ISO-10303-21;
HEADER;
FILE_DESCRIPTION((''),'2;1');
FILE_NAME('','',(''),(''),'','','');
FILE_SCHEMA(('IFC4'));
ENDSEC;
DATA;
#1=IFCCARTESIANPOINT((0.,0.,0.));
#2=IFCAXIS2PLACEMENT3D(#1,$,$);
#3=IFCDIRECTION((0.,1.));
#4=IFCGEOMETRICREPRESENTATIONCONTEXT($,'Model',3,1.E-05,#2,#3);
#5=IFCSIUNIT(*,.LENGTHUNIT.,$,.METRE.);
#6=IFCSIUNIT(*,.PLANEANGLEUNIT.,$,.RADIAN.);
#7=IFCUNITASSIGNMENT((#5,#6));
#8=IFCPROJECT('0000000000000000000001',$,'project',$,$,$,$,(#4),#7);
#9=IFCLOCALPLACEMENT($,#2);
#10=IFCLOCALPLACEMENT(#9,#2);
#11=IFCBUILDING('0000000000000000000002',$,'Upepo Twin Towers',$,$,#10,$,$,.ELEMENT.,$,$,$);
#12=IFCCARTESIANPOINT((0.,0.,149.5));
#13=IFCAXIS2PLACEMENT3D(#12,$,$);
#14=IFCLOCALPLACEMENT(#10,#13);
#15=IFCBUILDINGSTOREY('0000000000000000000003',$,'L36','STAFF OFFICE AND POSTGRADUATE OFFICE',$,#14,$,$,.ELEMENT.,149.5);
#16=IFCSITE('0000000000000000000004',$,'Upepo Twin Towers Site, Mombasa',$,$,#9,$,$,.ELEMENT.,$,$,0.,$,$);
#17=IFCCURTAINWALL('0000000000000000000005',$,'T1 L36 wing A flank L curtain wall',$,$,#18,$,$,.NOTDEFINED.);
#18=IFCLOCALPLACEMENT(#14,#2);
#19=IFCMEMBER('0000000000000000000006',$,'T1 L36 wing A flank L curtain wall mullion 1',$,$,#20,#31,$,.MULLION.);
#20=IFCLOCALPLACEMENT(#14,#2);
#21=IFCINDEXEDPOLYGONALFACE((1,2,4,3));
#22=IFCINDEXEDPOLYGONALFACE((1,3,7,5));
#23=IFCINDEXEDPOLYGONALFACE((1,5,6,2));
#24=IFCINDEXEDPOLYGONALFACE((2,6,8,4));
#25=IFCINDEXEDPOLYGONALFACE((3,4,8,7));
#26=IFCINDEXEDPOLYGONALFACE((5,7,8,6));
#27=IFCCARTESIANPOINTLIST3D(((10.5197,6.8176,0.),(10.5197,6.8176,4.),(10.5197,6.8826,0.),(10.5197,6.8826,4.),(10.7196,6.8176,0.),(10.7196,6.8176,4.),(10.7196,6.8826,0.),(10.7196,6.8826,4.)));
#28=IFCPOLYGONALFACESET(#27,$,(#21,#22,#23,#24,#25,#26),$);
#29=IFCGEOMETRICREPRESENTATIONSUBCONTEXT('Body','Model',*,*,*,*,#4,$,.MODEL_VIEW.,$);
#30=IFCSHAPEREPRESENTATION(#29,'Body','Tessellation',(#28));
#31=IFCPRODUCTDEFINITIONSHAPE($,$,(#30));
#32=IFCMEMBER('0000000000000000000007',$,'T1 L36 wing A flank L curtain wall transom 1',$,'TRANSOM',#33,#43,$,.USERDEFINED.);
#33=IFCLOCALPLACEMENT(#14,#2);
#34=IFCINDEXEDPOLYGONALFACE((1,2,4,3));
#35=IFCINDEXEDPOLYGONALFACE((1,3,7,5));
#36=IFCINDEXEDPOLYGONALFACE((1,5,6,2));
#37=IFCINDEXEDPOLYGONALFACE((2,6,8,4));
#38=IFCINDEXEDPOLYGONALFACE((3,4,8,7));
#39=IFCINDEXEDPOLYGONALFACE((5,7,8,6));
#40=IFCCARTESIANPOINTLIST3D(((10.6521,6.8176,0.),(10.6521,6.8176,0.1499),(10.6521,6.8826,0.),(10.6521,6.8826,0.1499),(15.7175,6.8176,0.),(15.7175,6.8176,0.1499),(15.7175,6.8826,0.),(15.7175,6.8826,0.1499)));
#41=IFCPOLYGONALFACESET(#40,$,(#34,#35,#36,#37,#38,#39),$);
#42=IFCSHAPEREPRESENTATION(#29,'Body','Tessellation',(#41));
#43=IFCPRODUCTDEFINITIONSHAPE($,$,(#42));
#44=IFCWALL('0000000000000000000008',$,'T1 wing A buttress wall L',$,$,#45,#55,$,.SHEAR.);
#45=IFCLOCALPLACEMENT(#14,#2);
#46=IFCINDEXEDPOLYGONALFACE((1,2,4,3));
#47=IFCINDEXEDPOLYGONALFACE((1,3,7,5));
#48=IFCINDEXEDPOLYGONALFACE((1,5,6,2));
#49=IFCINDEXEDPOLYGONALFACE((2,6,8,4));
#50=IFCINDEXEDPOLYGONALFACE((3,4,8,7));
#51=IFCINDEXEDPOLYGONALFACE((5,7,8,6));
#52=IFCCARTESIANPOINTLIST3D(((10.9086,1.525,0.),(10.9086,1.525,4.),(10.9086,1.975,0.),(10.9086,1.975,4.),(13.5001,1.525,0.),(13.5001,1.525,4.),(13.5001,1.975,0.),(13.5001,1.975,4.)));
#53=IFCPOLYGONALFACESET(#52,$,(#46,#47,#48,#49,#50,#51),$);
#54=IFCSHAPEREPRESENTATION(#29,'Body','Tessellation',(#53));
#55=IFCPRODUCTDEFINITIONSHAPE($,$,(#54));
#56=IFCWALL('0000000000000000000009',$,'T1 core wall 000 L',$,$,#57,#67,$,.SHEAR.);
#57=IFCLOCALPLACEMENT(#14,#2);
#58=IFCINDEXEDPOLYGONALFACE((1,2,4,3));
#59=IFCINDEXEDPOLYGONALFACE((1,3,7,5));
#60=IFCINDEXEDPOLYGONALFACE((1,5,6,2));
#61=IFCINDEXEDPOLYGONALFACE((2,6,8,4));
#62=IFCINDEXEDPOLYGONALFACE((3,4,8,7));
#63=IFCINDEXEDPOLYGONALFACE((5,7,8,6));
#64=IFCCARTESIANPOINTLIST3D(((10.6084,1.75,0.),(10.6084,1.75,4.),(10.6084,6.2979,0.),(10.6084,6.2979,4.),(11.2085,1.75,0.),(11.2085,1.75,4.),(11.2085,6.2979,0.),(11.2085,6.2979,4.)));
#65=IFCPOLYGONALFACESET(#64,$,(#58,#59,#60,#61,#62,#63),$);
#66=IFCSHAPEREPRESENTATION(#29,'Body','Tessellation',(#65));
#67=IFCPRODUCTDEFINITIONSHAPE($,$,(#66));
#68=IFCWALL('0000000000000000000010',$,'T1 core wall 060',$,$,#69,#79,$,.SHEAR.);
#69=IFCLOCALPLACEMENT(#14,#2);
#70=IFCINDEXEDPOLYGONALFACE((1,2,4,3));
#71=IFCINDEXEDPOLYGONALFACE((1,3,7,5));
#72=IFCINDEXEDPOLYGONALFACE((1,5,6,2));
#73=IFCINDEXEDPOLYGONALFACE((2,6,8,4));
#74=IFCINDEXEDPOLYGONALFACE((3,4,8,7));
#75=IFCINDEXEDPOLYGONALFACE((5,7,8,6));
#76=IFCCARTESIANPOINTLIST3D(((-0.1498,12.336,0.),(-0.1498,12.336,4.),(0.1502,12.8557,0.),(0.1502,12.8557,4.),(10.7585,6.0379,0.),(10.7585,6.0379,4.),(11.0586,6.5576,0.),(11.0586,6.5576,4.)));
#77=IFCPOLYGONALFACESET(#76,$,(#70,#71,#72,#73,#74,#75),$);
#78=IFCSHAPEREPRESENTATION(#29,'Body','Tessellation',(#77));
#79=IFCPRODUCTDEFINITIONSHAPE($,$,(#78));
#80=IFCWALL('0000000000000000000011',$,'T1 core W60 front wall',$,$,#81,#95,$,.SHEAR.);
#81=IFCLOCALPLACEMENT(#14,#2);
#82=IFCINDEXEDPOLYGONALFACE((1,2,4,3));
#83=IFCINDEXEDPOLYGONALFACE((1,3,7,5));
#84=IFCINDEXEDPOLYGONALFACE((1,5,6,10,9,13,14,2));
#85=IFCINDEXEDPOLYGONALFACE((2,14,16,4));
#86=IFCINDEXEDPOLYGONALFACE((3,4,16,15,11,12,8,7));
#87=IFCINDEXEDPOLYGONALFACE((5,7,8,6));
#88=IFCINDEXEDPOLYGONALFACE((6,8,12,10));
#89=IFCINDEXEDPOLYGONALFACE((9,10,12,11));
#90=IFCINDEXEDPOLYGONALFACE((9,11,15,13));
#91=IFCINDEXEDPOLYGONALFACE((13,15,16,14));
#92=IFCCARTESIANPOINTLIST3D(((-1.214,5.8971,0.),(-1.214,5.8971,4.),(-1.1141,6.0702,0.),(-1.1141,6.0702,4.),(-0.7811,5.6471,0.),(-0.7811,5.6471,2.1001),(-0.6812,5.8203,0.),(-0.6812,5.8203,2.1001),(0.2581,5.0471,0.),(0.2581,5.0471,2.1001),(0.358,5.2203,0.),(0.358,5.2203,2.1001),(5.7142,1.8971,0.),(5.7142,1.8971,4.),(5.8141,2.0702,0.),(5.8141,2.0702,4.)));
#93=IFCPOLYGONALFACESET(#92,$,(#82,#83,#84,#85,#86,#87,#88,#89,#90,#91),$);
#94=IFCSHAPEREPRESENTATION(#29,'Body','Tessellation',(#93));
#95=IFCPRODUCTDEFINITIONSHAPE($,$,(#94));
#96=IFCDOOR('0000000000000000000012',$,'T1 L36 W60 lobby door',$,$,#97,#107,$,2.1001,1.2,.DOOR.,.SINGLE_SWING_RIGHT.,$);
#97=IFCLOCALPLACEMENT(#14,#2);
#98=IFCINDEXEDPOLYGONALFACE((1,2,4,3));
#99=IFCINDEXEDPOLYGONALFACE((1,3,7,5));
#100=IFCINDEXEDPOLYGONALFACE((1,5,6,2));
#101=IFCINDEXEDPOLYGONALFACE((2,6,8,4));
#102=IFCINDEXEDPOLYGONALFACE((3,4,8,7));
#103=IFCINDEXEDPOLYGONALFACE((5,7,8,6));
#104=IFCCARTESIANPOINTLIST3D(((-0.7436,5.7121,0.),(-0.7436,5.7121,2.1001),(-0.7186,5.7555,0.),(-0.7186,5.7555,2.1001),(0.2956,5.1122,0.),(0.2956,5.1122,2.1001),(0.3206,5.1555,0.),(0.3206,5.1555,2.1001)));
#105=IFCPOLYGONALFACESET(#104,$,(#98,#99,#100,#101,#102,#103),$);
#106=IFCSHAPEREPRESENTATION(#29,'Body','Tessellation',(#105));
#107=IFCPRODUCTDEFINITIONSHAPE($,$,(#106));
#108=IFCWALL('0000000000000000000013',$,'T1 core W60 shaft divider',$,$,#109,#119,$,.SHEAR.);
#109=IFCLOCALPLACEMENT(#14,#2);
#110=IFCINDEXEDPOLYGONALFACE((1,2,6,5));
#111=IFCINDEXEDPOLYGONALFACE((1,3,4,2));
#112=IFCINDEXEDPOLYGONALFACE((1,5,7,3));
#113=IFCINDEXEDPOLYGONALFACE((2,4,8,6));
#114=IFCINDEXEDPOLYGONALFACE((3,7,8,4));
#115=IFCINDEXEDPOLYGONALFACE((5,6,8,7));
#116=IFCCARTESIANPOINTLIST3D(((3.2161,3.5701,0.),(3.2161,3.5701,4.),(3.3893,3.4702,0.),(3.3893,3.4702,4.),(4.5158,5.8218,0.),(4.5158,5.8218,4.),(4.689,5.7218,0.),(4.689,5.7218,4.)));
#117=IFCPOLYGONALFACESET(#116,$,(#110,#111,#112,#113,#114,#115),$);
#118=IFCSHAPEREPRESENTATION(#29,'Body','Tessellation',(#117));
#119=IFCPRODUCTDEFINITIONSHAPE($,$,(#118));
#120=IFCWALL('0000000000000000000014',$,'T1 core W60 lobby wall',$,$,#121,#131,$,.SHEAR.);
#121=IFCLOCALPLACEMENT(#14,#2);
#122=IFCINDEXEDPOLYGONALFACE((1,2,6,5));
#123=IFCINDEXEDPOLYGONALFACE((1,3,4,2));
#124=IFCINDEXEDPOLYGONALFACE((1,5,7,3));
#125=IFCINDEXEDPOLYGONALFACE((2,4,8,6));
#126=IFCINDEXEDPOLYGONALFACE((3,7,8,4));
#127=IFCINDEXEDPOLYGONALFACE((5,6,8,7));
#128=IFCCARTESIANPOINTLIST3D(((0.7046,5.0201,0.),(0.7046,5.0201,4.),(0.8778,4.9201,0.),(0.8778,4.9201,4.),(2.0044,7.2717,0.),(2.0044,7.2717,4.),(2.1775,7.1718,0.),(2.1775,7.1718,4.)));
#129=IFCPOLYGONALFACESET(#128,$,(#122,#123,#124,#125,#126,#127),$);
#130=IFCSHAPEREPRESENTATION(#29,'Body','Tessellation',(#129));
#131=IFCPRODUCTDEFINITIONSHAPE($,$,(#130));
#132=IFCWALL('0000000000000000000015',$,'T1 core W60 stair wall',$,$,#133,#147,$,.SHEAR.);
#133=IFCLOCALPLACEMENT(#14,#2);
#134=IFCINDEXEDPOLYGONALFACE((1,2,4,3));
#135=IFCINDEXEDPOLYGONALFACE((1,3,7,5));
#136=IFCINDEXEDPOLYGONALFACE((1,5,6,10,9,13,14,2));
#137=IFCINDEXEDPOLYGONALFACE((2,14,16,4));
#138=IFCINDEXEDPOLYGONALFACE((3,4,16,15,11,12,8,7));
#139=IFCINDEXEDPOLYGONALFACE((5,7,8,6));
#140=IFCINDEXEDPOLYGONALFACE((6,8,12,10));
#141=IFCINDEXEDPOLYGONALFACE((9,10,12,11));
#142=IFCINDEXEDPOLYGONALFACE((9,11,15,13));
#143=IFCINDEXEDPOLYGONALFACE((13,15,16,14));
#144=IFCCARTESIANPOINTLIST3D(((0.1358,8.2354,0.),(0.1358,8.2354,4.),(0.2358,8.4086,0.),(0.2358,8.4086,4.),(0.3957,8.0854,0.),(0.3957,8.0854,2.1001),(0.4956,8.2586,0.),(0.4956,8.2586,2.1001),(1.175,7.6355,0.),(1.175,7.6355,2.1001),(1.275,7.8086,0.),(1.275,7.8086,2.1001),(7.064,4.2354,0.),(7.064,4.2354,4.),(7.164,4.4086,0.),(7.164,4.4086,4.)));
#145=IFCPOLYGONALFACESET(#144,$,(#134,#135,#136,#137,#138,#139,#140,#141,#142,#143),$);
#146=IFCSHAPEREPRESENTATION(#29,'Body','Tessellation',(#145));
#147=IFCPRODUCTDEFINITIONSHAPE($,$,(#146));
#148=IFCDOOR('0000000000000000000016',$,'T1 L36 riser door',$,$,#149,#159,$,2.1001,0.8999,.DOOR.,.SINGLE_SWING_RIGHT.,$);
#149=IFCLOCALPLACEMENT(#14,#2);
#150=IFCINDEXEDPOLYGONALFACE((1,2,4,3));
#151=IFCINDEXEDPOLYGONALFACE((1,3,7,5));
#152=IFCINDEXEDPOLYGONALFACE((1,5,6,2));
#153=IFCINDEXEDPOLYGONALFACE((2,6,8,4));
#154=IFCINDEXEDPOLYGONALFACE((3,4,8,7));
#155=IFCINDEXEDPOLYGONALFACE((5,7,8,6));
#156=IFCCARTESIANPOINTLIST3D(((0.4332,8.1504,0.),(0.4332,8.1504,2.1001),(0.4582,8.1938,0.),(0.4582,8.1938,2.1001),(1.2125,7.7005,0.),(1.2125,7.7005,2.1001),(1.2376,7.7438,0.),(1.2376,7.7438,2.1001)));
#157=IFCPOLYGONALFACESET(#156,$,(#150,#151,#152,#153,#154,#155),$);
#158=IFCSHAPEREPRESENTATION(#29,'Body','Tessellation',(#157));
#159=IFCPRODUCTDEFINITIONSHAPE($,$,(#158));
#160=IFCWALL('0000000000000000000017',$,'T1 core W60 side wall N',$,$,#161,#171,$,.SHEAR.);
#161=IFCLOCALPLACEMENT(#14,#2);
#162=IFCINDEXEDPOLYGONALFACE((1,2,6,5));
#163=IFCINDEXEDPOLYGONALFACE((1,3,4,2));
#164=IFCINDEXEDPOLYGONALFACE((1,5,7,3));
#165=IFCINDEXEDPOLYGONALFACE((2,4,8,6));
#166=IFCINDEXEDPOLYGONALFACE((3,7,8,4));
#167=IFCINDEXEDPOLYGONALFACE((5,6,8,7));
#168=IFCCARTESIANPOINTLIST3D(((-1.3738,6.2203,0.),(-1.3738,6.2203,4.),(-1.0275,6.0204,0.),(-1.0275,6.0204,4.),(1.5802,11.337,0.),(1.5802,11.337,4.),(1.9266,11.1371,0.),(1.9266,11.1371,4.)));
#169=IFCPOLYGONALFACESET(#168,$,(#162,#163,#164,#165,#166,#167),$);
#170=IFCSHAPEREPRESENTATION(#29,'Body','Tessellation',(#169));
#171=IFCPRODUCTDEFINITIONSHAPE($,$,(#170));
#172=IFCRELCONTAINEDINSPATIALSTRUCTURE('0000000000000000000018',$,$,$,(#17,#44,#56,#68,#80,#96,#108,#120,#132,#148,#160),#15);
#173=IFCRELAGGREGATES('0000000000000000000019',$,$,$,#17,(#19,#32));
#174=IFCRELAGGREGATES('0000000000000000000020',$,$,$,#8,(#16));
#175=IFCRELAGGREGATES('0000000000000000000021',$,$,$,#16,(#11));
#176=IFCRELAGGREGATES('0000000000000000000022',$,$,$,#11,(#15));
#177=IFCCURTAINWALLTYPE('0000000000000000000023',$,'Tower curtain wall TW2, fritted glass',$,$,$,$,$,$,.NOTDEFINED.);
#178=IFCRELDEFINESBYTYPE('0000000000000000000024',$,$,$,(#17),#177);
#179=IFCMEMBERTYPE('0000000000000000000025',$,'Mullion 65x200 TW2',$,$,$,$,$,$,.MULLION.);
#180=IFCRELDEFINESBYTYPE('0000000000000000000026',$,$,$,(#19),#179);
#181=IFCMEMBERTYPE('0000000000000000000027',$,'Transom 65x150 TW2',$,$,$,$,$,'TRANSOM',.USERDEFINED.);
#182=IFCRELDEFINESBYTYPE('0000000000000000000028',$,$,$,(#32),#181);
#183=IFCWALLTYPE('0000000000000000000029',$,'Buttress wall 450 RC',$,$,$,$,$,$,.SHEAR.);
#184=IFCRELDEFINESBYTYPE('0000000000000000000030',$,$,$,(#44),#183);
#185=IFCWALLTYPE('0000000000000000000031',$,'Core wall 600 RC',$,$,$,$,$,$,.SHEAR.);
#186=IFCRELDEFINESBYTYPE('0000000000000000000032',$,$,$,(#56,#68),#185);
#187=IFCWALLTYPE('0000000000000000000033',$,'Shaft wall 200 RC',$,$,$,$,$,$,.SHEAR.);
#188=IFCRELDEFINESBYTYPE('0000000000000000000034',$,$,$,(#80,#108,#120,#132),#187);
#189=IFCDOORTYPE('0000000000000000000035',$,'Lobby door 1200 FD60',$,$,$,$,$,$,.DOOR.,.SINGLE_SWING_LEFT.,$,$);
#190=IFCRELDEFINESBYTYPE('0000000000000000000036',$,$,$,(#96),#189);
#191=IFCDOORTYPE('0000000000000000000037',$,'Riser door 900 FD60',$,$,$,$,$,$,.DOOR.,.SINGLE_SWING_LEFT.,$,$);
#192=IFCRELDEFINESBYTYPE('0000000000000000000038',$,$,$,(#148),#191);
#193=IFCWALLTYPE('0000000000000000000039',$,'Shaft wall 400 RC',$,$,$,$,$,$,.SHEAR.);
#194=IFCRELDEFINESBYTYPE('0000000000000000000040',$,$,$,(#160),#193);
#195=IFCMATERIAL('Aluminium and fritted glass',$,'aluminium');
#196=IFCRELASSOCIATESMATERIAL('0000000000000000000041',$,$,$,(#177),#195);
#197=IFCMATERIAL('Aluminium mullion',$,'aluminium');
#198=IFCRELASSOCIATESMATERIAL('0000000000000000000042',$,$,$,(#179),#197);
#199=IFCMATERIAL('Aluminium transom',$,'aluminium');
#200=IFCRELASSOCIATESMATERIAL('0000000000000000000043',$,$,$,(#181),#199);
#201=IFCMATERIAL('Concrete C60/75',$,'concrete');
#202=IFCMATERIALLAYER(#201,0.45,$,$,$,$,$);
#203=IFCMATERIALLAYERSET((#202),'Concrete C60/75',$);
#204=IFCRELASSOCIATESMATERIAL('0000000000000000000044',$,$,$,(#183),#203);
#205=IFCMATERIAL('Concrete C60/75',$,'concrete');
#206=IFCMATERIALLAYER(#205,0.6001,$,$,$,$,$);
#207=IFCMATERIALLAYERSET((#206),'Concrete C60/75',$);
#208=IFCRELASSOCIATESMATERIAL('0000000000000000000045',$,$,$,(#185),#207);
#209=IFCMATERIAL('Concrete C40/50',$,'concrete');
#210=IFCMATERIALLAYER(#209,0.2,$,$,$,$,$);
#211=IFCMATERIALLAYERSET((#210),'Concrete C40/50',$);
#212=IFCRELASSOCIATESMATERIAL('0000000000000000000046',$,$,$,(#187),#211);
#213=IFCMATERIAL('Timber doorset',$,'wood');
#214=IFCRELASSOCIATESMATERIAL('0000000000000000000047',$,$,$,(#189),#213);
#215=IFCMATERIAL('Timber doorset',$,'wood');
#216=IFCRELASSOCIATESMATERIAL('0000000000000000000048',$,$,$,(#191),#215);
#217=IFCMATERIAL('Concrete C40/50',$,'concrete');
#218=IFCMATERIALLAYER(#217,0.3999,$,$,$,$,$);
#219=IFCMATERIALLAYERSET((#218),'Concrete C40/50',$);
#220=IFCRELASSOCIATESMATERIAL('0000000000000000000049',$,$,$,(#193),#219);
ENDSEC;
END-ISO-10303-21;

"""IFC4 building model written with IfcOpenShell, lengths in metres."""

from ifc_helpers import new_model, si_unit, direction, frame, frame_2d, origin, origin_2d, place, context, subcontext, project, spatial, rectangle, extrude, material, layer, layer_set, material_profile, profile_set, type_object, element, fill, aggregate, save


model = new_model("IFC4")

# Units and contexts
model_context = context("Model", 3, precision=1e-05, world=origin(), true_north=direction((0.0, 1.0)))
body_context = subcontext(model_context, "Body", "Model", "MODEL_VIEW")
ifc_project = project(units=[si_unit("LENGTHUNIT", "METRE"), si_unit("PLANEANGLEUNIT", "RADIAN")], contexts=[model_context])

# Site, building, storey
site_placement = place(None, origin())
site = spatial("IfcSite", under=ifc_project, at=site_placement, Name="Upepo Twin Towers Site, Mombasa", CompositionType="ELEMENT", RefElevation=0.0)
building_placement = place(site_placement, origin())
building = spatial("IfcBuilding", under=site, at=building_placement, Name="Upepo Twin Towers", CompositionType="ELEMENT")
storey_placement = place(building_placement, frame((0.0, 0.0, 149.5)))
storey = spatial("IfcBuildingStorey", under=building, at=storey_placement, Name="L36", Description="STAFF OFFICE AND POSTGRADUATE OFFICE", CompositionType="ELEMENT", Elevation=149.5)

# Curtain wall, members
ifc_material_1 = material(Name="Aluminium and fritted glass", Category="aluminium")
curtain_wall_type = type_object("IfcCurtainWallType", Name="Tower curtain wall TW2, fritted glass", PredefinedType="NOTDEFINED", material=ifc_material_1)
curtain_wall_placement = place(storey_placement, origin())
curtain_wall = element("IfcCurtainWall", 1, at=curtain_wall_placement, inside=storey, type_object=curtain_wall_type, Name="T1 L36 wing A flank L curtain wall", PredefinedType="NOTDEFINED")
ifc_material_2 = material(Name="Aluminium mullion", Category="aluminium")
ifc_material_profile_1 = material_profile(ifc_material_2, rectangle(XDim=0.0649, YDim=0.2, at=origin_2d()), Name="MULLION 65x200")
ifc_profile_set_1 = profile_set([ifc_material_profile_1], Name="Aluminium mullion")
member_type_1 = type_object("IfcMemberType", Name="Mullion 65x200 TW2", PredefinedType="MULLION", material=ifc_profile_set_1)
member_1_placement = place(storey_placement, frame((10.6196, 6.8501, 0.0), z_axis=(0.0, 0.0, 1.0), x_axis=(0.0, 1.0, 0.0)))
member_1 = element("IfcMember", 2, at=member_1_placement, type_object=member_type_1, Name="T1 L36 wing A flank L curtain wall mullion 1", PredefinedType="MULLION", context=body_context, shape_type="SweptSolid", body=[
    extrude(rectangle(XDim=0.0649, YDim=0.2, at=origin_2d()), origin(), (0.0, 0.0, 1.0), 4.0),
])
ifc_material_3 = material(Name="Aluminium transom", Category="aluminium")
ifc_material_profile_2 = material_profile(ifc_material_3, rectangle(XDim=0.0649, YDim=0.1499, at=origin_2d()), Name="TRANSOM 65x150")
ifc_profile_set_2 = profile_set([ifc_material_profile_2], Name="Aluminium transom")
member_type_2 = type_object("IfcMemberType", Name="Transom 65x150 TW2", ElementType="TRANSOM", PredefinedType="USERDEFINED", material=ifc_profile_set_2)
member_2_placement = place(storey_placement, frame((10.6521, 6.8501, 0.075), z_axis=(1.0, 0.0, 0.0), x_axis=(0.0, 1.0, 0.0)))
member_2 = element("IfcMember", 3, at=member_2_placement, type_object=member_type_2, Name="T1 L36 wing A flank L curtain wall transom 1", ObjectType="TRANSOM", PredefinedType="USERDEFINED", context=body_context, shape_type="SweptSolid", body=[
    extrude(rectangle(XDim=0.0649, YDim=0.1499, at=origin_2d()), origin(), (0.0, 0.0, 1.0), 5.0654),
])
aggregate(curtain_wall, [member_1, member_2])

# Walls
ifc_material_4 = material(Name="Concrete C60/75", Category="concrete")
ifc_layer_1 = layer(ifc_material_4, 0.45)
ifc_layer_set_1 = layer_set([ifc_layer_1], Name="Concrete C60/75")
wall_type_1 = type_object("IfcWallType", Name="Buttress wall 450 RC", PredefinedType="SHEAR", material=ifc_layer_set_1)
wall_1_placement = place(storey_placement, frame((10.9084, 1.75, 0.0), z_axis=(0.0, 0.0, 1.0), x_axis=(1.0, 0.0, 0.0)))
element("IfcWall", 4, at=wall_1_placement, inside=storey, type_object=wall_type_1, Name="T1 wing A buttress wall L", PredefinedType="SHEAR", context=body_context, shape_type="SweptSolid", body=[
    extrude(rectangle(XDim=2.5916, YDim=0.45, at=frame_2d((1.2959, 0.0))), origin(), (0.0, 0.0, 1.0), 4.0),
])
ifc_material_5 = material(Name="Concrete C60/75", Category="concrete")
ifc_layer_2 = layer(ifc_material_5, 0.6001)
ifc_layer_set_2 = layer_set([ifc_layer_2], Name="Concrete C60/75")
wall_type_2 = type_object("IfcWallType", Name="Core wall 600 RC", PredefinedType="SHEAR", material=ifc_layer_set_2)
wall_2_placement = place(storey_placement, frame((10.9084, 1.75, 0.0), z_axis=(0.0, 0.0, 1.0), x_axis=(0.0, 1.0, 0.0)))
element("IfcWall", 5, at=wall_2_placement, inside=storey, type_object=wall_type_2, Name="T1 core wall 000 L", PredefinedType="SHEAR", context=body_context, shape_type="SweptSolid", body=[
    extrude(rectangle(XDim=4.5479, YDim=0.6001, at=frame_2d((2.2739, 0.0))), origin(), (0.0, 0.0, 1.0), 4.0),
])
wall_3_placement = place(storey_placement, frame((10.9084, 6.2979, 0.0), z_axis=(0.0, 0.0, 1.0), x_axis=(-0.866022, 0.500006, 0.0)))
element("IfcWall", 6, at=wall_3_placement, inside=storey, type_object=wall_type_2, Name="T1 core wall 060", PredefinedType="SHEAR", context=body_context, shape_type="SweptSolid", body=[
    extrude(rectangle(XDim=12.5959, YDim=0.6001, at=frame_2d((6.2979, 0.0))), origin(), (0.0, 0.0, 1.0), 4.0),
])

# Wall, opening, door
ifc_material_6 = material(Name="Concrete C40/50", Category="concrete")
ifc_layer_3 = layer(ifc_material_6, 0.2)
ifc_layer_set_3 = layer_set([ifc_layer_3], Name="Concrete C40/50")
wall_type_3 = type_object("IfcWallType", Name="Shaft wall 200 RC", PredefinedType="SHEAR", material=ifc_layer_set_3)
wall_4_placement = place(storey_placement, frame((5.7642, 1.9836, 0.0), z_axis=(0.0, 0.0, 1.0), x_axis=(-0.866026, 0.499999, 0.0)))
wall_4 = element("IfcWall", 7, at=wall_4_placement, inside=storey, type_object=wall_type_3, Name="T1 core W60 front wall", PredefinedType="SHEAR", context=body_context, shape_type="SweptSolid", body=[
    extrude(rectangle(XDim=8.0, YDim=0.2, at=frame_2d((4.0, 0.0))), origin(), (0.0, 0.0, 1.0), 4.0),
])
opening_1_placement = place(wall_4_placement, frame((6.3, 0.0, 0.0)))
opening_1 = element("IfcOpeningElement", 8, at=opening_1_placement, cuts=wall_4, PredefinedType="OPENING", context=body_context, shape_type="SweptSolid", body=[
    extrude(rectangle(XDim=1.2, YDim=2.1001, at=frame_2d((0.6001, 1.05))), frame((0.0, 0.1099, 0.0), z_axis=(0.0, -1.0, 0.0), x_axis=(1.0, 0.0, 0.0)), (0.0, 0.0, 1.0), 0.22),
])
ifc_material_7 = material(Name="Timber doorset", Category="wood")
door_type_1 = type_object("IfcDoorType", Name="Lobby door 1200 FD60", OperationType="SINGLE_SWING_LEFT", PredefinedType="DOOR", material=ifc_material_7)
door_1_placement = place(opening_1_placement, origin())
door_1 = element("IfcDoor", 9, at=door_1_placement, inside=storey, type_object=door_type_1, Name="T1 L36 W60 lobby door", OperationType="SINGLE_SWING_RIGHT", OverallHeight=2.1001, OverallWidth=1.2, PredefinedType="DOOR", context=body_context, shape_type="SweptSolid", body=[
    extrude(rectangle(XDim=1.2, YDim=2.1001, at=frame_2d((0.6001, 1.05))), frame((0.0, 0.0249, 0.0), z_axis=(0.0, -1.0, 0.0), x_axis=(1.0, 0.0, 0.0)), (0.0, 0.0, 1.0), 0.05),
])
fill(opening_1, door_1)

# Walls
for number, where, z_axis, x_axis, name in (
    (10, (3.3027, 3.5203, 0.0), (0.0, 0.0, 1.0), (0.499937, 0.866062, 0.0), "T1 core W60 shaft divider"),
    (11, (0.7913, 4.9702, 0.0), (0.0, 0.0, 1.0), (0.499937, 0.866062, 0.0), "T1 core W60 lobby wall"),
):
    element("IfcWall", number, at=place(storey_placement, frame(where, z_axis=z_axis, x_axis=x_axis)), inside=storey, type_object=wall_type_3, Name=name, PredefinedType="SHEAR", context=body_context, shape_type="SweptSolid", body=[
        extrude(rectangle(XDim=2.5999, YDim=0.2, at=frame_2d((1.2998, 0.0))), origin(), (0.0, 0.0, 1.0), 4.0),
    ])

# Wall, opening, door
wall_5_placement = place(storey_placement, frame((7.114, 4.322, 0.0), z_axis=(0.0, 0.0, 1.0), x_axis=(-0.866026, 0.499999, 0.0)))
wall_5 = element("IfcWall", 12, at=wall_5_placement, inside=storey, type_object=wall_type_3, Name="T1 core W60 stair wall", PredefinedType="SHEAR", context=body_context, shape_type="SweptSolid", body=[
    extrude(rectangle(XDim=8.0, YDim=0.2, at=frame_2d((4.0, 0.0))), origin(), (0.0, 0.0, 1.0), 4.0),
])
opening_2_placement = place(wall_5_placement, frame((6.8, 0.0, 0.0)))
opening_2 = element("IfcOpeningElement", 13, at=opening_2_placement, cuts=wall_5, PredefinedType="OPENING", context=body_context, shape_type="SweptSolid", body=[
    extrude(rectangle(XDim=0.8999, YDim=2.1001, at=frame_2d((0.45, 1.05))), frame((0.0, 0.1099, 0.0), z_axis=(0.0, -1.0, 0.0), x_axis=(1.0, 0.0, 0.0)), (0.0, 0.0, 1.0), 0.22),
])
ifc_material_8 = material(Name="Timber doorset", Category="wood")
door_type_2 = type_object("IfcDoorType", Name="Riser door 900 FD60", OperationType="SINGLE_SWING_LEFT", PredefinedType="DOOR", material=ifc_material_8)
door_2_placement = place(opening_2_placement, origin())
door_2 = element("IfcDoor", 14, at=door_2_placement, inside=storey, type_object=door_type_2, Name="T1 L36 riser door", OperationType="SINGLE_SWING_RIGHT", OverallHeight=2.1001, OverallWidth=0.8999, PredefinedType="DOOR", context=body_context, shape_type="SweptSolid", body=[
    extrude(rectangle(XDim=0.8999, YDim=2.1001, at=frame_2d((0.45, 1.05))), frame((0.0, 0.0249, 0.0), z_axis=(0.0, -1.0, 0.0), x_axis=(1.0, 0.0, 0.0)), (0.0, 0.0, 1.0), 0.05),
])
fill(opening_2, door_2)

# Wall
ifc_material_9 = material(Name="Concrete C40/50", Category="concrete")
ifc_layer_4 = layer(ifc_material_9, 0.3999)
ifc_layer_set_4 = layer_set([ifc_layer_4], Name="Concrete C40/50")
wall_type_4 = type_object("IfcWallType", Name="Shaft wall 400 RC", PredefinedType="SHEAR", material=ifc_layer_set_4)
wall_6_placement = place(storey_placement, frame((-1.2007, 6.1204, 0.0), z_axis=(0.0, 0.0, 1.0), x_axis=(0.499997, 0.866027, 0.0)))
element("IfcWall", 15, at=wall_6_placement, inside=storey, type_object=wall_type_4, Name="T1 core W60 side wall N", PredefinedType="SHEAR", context=body_context, shape_type="SweptSolid", body=[
    extrude(rectangle(XDim=5.9082, YDim=0.3999, at=frame_2d((2.9541, 0.0))), origin(), (0.0, 0.0, 1.0), 4.0),
])

save(model, "model.ifc")
